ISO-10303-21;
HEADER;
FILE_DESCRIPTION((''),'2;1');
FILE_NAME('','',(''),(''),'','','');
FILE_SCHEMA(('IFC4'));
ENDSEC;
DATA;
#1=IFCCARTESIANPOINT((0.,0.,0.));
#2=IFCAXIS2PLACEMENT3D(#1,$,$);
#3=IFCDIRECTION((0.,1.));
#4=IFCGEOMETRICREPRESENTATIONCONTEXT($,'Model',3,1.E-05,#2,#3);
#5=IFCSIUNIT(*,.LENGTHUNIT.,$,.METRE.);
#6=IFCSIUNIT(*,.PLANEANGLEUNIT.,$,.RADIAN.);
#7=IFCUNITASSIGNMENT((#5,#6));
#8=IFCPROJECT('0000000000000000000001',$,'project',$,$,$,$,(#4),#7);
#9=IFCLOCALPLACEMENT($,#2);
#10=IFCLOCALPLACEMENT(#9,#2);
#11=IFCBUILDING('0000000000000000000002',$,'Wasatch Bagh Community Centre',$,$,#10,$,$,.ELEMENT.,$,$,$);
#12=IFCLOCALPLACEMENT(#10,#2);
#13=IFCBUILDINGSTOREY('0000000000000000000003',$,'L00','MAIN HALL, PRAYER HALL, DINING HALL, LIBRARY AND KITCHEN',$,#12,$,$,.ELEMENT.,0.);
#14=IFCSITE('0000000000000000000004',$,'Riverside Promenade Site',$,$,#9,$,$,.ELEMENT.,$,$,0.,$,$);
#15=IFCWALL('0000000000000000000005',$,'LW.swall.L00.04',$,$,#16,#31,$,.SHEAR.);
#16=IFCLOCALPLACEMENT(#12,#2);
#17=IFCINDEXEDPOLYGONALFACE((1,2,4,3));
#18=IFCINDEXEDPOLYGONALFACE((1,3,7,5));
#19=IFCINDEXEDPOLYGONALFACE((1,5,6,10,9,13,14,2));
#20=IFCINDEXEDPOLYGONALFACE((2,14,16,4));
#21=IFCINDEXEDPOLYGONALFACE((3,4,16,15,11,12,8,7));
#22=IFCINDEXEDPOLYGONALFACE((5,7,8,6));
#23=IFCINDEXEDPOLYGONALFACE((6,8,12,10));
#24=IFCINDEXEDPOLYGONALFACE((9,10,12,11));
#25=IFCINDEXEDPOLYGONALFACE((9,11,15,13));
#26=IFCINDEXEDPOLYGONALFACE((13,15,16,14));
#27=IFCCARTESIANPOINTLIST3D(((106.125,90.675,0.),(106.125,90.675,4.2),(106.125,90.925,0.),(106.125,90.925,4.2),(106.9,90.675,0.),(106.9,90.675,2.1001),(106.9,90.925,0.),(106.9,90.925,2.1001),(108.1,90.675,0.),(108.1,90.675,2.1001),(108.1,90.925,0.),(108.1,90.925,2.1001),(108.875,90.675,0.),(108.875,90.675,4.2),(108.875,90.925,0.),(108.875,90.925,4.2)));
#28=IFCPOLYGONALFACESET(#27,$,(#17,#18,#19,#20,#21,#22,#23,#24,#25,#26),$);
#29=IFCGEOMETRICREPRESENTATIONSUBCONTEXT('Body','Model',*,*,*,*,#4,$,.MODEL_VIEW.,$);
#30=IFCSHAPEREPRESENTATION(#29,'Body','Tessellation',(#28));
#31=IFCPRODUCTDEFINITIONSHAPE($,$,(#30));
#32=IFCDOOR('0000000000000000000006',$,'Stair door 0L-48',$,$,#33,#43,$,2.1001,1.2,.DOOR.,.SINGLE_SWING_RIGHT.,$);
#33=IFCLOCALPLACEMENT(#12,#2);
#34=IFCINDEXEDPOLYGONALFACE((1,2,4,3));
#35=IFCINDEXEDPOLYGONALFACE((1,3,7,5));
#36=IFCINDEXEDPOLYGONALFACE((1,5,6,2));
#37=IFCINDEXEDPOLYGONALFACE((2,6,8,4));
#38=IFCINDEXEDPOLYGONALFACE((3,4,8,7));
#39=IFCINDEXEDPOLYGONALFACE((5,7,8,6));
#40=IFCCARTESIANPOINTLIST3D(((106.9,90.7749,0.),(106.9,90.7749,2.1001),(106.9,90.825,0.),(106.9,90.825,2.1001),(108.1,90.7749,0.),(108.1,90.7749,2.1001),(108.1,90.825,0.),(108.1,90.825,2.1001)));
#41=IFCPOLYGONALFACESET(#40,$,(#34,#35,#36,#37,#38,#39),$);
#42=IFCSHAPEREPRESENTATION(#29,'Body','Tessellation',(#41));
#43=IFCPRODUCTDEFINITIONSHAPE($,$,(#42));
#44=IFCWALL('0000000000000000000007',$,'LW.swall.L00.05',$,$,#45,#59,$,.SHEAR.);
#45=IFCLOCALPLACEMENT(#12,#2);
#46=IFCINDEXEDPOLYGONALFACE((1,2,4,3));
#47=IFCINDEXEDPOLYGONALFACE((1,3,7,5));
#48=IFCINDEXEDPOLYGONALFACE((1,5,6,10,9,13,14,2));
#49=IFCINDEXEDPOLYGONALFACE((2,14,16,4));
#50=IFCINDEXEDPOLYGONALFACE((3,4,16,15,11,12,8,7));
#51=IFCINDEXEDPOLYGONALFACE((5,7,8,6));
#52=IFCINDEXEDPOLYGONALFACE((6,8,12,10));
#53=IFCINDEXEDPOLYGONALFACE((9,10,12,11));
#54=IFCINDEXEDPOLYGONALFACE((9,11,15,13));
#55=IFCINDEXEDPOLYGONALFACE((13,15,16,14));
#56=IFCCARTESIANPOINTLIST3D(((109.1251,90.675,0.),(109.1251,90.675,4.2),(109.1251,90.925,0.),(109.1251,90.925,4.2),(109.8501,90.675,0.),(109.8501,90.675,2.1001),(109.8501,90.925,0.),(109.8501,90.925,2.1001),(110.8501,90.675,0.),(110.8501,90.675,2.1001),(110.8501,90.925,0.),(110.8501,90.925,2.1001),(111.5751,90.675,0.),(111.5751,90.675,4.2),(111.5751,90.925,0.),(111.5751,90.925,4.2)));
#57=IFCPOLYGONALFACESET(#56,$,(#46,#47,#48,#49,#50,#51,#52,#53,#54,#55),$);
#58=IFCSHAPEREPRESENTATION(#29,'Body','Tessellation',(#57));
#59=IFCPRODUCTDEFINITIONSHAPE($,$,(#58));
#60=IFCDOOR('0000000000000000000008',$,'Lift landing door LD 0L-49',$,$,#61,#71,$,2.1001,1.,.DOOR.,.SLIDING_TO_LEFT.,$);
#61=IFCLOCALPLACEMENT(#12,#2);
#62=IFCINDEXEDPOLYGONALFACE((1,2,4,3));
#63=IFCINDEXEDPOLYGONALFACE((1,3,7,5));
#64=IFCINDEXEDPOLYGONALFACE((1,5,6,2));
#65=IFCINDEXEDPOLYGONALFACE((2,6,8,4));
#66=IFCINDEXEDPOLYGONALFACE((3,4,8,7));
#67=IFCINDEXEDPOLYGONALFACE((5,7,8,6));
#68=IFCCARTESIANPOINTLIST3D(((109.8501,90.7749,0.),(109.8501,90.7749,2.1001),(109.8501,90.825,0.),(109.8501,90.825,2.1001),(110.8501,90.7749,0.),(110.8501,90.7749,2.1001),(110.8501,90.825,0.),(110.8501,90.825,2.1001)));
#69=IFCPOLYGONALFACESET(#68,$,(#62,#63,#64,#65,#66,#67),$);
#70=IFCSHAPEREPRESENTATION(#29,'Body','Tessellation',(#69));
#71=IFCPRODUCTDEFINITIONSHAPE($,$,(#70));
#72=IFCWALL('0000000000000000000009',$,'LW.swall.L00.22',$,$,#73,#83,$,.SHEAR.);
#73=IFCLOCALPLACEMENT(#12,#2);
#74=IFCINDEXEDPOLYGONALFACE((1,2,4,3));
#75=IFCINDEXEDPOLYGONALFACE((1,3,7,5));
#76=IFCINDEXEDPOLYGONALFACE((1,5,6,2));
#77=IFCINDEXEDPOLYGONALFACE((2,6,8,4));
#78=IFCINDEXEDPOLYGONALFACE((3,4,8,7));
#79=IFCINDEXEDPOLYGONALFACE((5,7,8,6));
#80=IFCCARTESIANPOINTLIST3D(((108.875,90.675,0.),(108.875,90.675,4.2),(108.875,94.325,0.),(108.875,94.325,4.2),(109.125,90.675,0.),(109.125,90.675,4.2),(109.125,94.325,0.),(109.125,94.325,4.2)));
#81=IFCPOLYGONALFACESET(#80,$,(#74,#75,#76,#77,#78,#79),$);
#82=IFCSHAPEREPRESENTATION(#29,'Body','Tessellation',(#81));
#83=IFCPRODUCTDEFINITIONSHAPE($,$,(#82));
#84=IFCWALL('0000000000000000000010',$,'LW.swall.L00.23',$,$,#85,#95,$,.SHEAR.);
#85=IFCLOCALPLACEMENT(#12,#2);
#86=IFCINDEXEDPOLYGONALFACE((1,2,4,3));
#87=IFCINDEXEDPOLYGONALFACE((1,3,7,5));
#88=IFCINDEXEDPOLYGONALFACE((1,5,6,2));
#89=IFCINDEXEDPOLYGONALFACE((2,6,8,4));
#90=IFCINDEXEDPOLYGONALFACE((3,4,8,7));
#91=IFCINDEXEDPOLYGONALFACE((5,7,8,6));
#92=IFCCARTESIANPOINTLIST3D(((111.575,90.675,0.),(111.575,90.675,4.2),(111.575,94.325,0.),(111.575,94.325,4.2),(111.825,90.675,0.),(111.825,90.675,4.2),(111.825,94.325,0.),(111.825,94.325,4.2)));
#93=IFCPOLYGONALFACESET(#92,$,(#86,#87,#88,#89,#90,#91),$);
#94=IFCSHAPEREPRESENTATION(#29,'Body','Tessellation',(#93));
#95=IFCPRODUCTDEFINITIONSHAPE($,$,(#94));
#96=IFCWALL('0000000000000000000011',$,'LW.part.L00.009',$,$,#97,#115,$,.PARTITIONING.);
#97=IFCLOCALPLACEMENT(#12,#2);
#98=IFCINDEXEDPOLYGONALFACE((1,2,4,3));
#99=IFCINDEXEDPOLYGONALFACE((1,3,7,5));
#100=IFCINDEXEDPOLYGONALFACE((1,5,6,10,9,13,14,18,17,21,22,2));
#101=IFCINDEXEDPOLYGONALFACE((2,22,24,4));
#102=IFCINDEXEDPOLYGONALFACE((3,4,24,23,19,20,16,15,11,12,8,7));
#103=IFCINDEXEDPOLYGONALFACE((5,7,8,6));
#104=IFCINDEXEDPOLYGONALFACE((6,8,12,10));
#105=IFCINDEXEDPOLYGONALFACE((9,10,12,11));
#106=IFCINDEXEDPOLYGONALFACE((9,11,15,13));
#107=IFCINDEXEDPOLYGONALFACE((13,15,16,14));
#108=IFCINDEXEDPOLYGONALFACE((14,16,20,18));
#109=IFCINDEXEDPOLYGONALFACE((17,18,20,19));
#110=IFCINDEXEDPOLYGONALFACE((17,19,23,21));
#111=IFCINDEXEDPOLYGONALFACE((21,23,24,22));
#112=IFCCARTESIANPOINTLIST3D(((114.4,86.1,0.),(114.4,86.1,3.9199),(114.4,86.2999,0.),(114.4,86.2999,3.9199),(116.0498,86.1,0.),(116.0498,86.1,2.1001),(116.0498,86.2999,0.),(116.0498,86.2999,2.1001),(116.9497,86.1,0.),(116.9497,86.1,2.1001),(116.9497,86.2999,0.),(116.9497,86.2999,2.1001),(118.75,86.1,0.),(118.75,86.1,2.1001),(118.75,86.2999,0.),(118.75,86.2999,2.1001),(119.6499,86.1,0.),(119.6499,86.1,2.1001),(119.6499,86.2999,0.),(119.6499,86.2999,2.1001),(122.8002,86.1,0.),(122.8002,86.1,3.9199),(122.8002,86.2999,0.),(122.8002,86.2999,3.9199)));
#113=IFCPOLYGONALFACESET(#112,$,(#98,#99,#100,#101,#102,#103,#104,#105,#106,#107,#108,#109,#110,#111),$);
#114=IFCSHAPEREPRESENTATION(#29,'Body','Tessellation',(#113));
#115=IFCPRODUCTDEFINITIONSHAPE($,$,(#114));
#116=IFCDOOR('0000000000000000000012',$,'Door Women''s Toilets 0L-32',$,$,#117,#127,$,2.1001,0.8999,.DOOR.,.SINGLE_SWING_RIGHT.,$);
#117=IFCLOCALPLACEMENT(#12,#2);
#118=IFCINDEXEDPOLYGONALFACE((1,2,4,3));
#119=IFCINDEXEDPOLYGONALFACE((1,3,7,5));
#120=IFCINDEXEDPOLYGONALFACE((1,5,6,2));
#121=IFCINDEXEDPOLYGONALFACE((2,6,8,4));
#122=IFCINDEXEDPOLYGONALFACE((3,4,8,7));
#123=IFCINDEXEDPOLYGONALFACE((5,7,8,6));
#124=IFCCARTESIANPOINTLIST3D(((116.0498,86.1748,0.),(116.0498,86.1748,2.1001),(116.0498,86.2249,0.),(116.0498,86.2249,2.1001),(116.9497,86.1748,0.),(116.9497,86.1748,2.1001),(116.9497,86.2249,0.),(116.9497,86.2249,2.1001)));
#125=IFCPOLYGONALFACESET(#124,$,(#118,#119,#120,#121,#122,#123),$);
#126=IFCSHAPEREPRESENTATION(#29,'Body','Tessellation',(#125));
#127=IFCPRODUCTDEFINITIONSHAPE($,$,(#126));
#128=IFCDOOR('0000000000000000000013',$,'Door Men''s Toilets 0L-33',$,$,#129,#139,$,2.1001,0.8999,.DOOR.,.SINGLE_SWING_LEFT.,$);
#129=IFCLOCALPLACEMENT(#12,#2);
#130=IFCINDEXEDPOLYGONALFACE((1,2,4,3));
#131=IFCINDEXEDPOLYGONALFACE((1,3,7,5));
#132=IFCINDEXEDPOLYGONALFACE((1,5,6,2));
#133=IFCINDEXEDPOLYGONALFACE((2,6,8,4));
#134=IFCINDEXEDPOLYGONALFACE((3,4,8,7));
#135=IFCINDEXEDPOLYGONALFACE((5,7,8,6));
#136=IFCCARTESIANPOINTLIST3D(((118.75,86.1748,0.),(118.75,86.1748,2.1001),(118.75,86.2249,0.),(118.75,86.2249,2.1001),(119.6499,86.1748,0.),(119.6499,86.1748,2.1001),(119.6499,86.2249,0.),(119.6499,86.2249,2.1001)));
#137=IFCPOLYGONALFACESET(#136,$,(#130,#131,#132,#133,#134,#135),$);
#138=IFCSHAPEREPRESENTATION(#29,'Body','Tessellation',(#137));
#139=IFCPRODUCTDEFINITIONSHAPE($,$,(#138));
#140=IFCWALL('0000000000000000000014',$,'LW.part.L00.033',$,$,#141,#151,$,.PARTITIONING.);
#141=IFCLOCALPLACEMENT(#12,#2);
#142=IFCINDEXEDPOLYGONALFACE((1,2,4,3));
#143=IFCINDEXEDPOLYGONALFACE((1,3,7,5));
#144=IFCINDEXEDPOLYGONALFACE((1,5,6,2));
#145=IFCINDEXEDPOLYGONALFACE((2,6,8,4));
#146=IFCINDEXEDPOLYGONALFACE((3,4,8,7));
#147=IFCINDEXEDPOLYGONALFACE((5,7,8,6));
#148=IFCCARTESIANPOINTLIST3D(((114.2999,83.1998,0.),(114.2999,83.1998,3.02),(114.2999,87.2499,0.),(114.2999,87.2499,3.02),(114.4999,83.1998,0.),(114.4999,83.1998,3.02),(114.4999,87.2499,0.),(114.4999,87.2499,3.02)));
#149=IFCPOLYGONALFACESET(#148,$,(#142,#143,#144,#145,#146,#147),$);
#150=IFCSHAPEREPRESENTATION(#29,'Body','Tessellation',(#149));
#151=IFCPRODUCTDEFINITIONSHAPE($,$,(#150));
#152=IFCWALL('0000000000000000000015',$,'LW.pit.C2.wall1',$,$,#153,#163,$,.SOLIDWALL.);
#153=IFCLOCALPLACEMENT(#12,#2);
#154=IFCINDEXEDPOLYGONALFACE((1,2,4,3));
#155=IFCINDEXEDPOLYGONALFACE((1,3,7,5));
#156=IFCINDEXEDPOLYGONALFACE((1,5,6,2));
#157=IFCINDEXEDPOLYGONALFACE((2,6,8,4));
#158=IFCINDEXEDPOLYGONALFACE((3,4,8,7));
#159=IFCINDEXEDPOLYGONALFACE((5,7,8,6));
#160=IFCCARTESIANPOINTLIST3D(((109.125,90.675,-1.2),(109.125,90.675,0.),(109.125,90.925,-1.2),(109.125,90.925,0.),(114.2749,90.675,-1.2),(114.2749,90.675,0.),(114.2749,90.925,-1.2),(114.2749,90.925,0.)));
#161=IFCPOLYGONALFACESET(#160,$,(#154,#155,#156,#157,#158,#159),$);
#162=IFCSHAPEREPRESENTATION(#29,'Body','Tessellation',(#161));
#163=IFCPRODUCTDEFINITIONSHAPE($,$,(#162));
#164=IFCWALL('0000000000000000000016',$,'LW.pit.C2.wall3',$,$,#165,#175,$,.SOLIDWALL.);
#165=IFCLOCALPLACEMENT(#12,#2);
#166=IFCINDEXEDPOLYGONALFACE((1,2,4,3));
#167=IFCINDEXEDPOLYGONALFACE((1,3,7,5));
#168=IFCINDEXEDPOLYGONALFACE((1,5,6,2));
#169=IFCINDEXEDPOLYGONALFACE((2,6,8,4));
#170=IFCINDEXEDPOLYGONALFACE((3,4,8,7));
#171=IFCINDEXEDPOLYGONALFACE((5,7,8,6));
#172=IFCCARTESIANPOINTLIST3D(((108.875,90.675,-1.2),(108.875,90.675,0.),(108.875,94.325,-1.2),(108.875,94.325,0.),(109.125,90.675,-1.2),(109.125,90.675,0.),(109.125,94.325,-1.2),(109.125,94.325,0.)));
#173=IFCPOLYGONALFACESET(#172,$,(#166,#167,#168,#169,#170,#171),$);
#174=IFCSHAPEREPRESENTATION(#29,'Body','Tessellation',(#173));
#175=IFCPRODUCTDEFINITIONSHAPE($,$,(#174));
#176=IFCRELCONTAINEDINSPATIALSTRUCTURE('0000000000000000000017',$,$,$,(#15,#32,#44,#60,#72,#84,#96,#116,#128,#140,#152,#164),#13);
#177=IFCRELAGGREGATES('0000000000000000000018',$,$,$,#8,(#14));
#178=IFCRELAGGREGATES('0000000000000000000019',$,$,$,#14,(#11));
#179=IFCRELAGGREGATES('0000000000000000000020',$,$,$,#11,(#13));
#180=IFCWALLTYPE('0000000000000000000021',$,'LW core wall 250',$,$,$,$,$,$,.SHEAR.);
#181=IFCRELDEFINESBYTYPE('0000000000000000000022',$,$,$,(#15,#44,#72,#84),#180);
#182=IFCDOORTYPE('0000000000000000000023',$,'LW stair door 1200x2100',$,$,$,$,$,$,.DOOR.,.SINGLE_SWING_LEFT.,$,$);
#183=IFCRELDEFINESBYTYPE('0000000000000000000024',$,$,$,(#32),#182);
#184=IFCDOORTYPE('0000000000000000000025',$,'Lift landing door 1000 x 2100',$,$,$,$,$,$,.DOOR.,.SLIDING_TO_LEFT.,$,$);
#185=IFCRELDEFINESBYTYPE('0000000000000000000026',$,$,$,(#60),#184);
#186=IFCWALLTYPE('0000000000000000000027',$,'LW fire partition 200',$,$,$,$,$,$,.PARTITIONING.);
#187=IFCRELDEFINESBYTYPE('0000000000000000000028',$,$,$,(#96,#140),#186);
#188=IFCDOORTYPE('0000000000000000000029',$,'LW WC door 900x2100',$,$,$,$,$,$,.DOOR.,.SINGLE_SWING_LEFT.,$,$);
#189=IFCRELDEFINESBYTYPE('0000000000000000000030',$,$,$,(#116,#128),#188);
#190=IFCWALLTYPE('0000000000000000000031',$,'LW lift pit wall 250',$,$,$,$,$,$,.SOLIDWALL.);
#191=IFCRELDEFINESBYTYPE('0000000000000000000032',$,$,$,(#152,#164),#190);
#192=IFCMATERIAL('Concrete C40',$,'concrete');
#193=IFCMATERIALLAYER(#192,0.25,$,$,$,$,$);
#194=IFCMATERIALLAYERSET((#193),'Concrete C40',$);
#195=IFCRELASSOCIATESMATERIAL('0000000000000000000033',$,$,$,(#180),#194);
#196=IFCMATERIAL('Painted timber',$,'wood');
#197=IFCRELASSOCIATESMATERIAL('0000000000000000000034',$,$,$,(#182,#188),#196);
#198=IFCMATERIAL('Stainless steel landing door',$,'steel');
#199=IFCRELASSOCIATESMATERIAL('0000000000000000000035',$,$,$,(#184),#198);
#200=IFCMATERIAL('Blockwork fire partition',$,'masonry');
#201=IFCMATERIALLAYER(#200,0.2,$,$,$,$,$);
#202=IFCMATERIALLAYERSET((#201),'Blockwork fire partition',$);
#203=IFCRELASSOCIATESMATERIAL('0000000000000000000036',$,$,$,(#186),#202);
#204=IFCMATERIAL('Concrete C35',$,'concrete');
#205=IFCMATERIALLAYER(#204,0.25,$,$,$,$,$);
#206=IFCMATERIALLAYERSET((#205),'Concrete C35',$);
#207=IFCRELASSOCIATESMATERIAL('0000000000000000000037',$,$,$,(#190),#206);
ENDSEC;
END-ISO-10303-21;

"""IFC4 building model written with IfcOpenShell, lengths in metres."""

from ifc_helpers import new_model, si_unit, direction, frame, frame_2d, origin, place, context, subcontext, project, spatial, rectangle, extrude, material, layer, layer_set, type_object, element, fill, save


model = new_model("IFC4")

# Units and contexts
model_context = context("Model", 3, precision=1e-05, world=origin(), true_north=direction((0.0, 1.0)))
body_context = subcontext(model_context, "Body", "Model", "MODEL_VIEW")
ifc_project = project(units=[si_unit("LENGTHUNIT", "METRE"), si_unit("PLANEANGLEUNIT", "RADIAN")], contexts=[model_context])

# Site, building, storey
site_placement = place(None, origin())
site = spatial("IfcSite", under=ifc_project, at=site_placement, Name="Riverside Promenade Site", CompositionType="ELEMENT", RefElevation=0.0)
building_placement = place(site_placement, origin())
building = spatial("IfcBuilding", under=site, at=building_placement, Name="Wasatch Bagh Community Centre", CompositionType="ELEMENT")
storey_placement = place(building_placement, origin())
storey = spatial("IfcBuildingStorey", under=building, at=storey_placement, Name="L00", Description="MAIN HALL, PRAYER HALL, DINING HALL, LIBRARY AND KITCHEN", CompositionType="ELEMENT", Elevation=0.0)

# Shared definitions
ifc_material_1 = material(Name="Concrete C35", Category="concrete")

# Shared definitions
ifc_material_2 = material(Name="Concrete C40", Category="concrete")

# Walls, openings, doors
ifc_layer_1 = layer(ifc_material_2, 0.25)
ifc_layer_set_1 = layer_set([ifc_layer_1], Name="Concrete C40")
wall_type_1 = type_object("IfcWallType", Name="LW core wall 250", PredefinedType="SHEAR", material=ifc_layer_set_1)
wall_1_placement = place(storey_placement, frame((106.125, 90.8, 0.0), z_axis=(0.0, 0.0, 1.0), x_axis=(1.0, 0.0, 0.0)))
wall_1 = element("IfcWall", 1, at=wall_1_placement, inside=storey, type_object=wall_type_1, Name="LW.swall.L00.04", PredefinedType="SHEAR", context=body_context, shape_type="SweptSolid", body=[
    extrude(rectangle(XDim=2.75, YDim=0.25, at=frame_2d((1.375, 0.0))), origin(), (0.0, 0.0, 1.0), 4.2),
])
opening_1_placement = place(wall_1_placement, frame((0.7749, 0.0, 0.0)))
opening_1 = element("IfcOpeningElement", 2, at=opening_1_placement, cuts=wall_1, PredefinedType="OPENING", context=body_context, shape_type="SweptSolid", body=[
    extrude(rectangle(XDim=1.2, YDim=2.1001, at=frame_2d((0.6001, 1.05))), frame((0.0, 0.135, 0.0), z_axis=(0.0, -1.0, 0.0), x_axis=(1.0, 0.0, 0.0)), (0.0, 0.0, 1.0), 0.27),
])
ifc_material_3 = material(Name="Painted timber", Category="wood")
door_type_1 = type_object("IfcDoorType", Name="LW stair door 1200x2100", OperationType="SINGLE_SWING_LEFT", PredefinedType="DOOR", material=ifc_material_3)
door_1_placement = place(opening_1_placement, origin())
door_1 = element("IfcDoor", 3, at=door_1_placement, inside=storey, type_object=door_type_1, Name="Stair door 0L-48", OperationType="SINGLE_SWING_RIGHT", OverallHeight=2.1001, OverallWidth=1.2, PredefinedType="DOOR", context=body_context, shape_type="SweptSolid", body=[
    extrude(rectangle(XDim=1.2, YDim=2.1001, at=frame_2d((0.6001, 1.05))), frame((0.0, 0.0249, 0.0), z_axis=(0.0, -1.0, 0.0), x_axis=(1.0, 0.0, 0.0)), (0.0, 0.0, 1.0), 0.05),
])
fill(opening_1, door_1)
wall_2_placement = place(storey_placement, frame((109.125, 90.8, 0.0), z_axis=(0.0, 0.0, 1.0), x_axis=(1.0, 0.0, 0.0)))
wall_2 = element("IfcWall", 4, at=wall_2_placement, inside=storey, type_object=wall_type_1, Name="LW.swall.L00.05", PredefinedType="SHEAR", context=body_context, shape_type="SweptSolid", body=[
    extrude(rectangle(XDim=2.45, YDim=0.25, at=frame_2d((1.2251, 0.0))), origin(), (0.0, 0.0, 1.0), 4.2),
])
opening_2_placement = place(wall_2_placement, frame((0.7251, 0.0, 0.0)))
opening_2 = element("IfcOpeningElement", 5, at=opening_2_placement, cuts=wall_2, PredefinedType="OPENING", context=body_context, shape_type="SweptSolid", body=[
    extrude(rectangle(XDim=1.0, YDim=2.1001, at=frame_2d((0.5, 1.05))), frame((0.0, 0.135, 0.0), z_axis=(0.0, -1.0, 0.0), x_axis=(1.0, 0.0, 0.0)), (0.0, 0.0, 1.0), 0.27),
])
ifc_material_4 = material(Name="Stainless steel landing door", Category="steel")
door_type_2 = type_object("IfcDoorType", Name="Lift landing door 1000 x 2100", OperationType="SLIDING_TO_LEFT", PredefinedType="DOOR", material=ifc_material_4)
door_2_placement = place(opening_2_placement, origin())
door_2 = element("IfcDoor", 6, at=door_2_placement, inside=storey, type_object=door_type_2, Name="Lift landing door LD 0L-49", OperationType="SLIDING_TO_LEFT", OverallHeight=2.1001, OverallWidth=1.0, PredefinedType="DOOR", context=body_context, shape_type="SweptSolid", body=[
    extrude(rectangle(XDim=1.0, YDim=2.1001, at=frame_2d((0.5, 1.05))), frame((0.0, 0.0249, 0.0), z_axis=(0.0, -1.0, 0.0), x_axis=(1.0, 0.0, 0.0)), (0.0, 0.0, 1.0), 0.05),
])
fill(opening_2, door_2)

# Walls
for number, where, z_axis, x_axis, name in (
    (7, (109.0, 90.675, 0.0), (0.0, 0.0, 1.0), (0.0, 1.0, 0.0), "LW.swall.L00.22"),
    (8, (111.7, 90.675, 0.0), (0.0, 0.0, 1.0), (0.0, 1.0, 0.0), "LW.swall.L00.23"),
):
    element("IfcWall", number, at=place(storey_placement, frame(where, z_axis=z_axis, x_axis=x_axis)), inside=storey, type_object=wall_type_1, Name=name, PredefinedType="SHEAR", context=body_context, shape_type="SweptSolid", body=[
        extrude(rectangle(XDim=3.6499, YDim=0.25, at=frame_2d((1.825, 0.0))), origin(), (0.0, 0.0, 1.0), 4.2),
    ])

# Wall, openings, doors
ifc_material_5 = material(Name="Blockwork fire partition", Category="masonry")
ifc_layer_2 = layer(ifc_material_5, 0.2)
ifc_layer_set_2 = layer_set([ifc_layer_2], Name="Blockwork fire partition")
wall_type_2 = type_object("IfcWallType", Name="LW fire partition 200", PredefinedType="PARTITIONING", material=ifc_layer_set_2)
wall_3_placement = place(storey_placement, frame((114.3999, 86.2, 0.0), z_axis=(0.0, 0.0, 1.0), x_axis=(1.0, 0.0, 0.0)))
wall_3 = element("IfcWall", 9, at=wall_3_placement, inside=storey, type_object=wall_type_2, Name="LW.part.L00.009", PredefinedType="PARTITIONING", context=body_context, shape_type="SweptSolid", body=[
    extrude(rectangle(XDim=8.4001, YDim=0.2, at=frame_2d((4.2002, 0.0))), origin(), (0.0, 0.0, 1.0), 3.9199),
])
opening_3_placement = place(wall_3_placement, frame((1.6499, 0.0, 0.0)))
opening_3 = element("IfcOpeningElement", 10, at=opening_3_placement, cuts=wall_3, PredefinedType="OPENING", context=body_context, shape_type="SweptSolid", body=[
    extrude(rectangle(XDim=0.8999, YDim=2.1001, at=frame_2d((0.45, 1.05))), frame((0.0, 0.1099, 0.0), z_axis=(0.0, -1.0, 0.0), x_axis=(1.0, 0.0, 0.0)), (0.0, 0.0, 1.0), 0.22),
])
opening_4_placement = place(wall_3_placement, frame((4.3501, 0.0, 0.0)))
opening_4 = element("IfcOpeningElement", 11, at=opening_4_placement, cuts=wall_3, PredefinedType="OPENING", context=body_context, shape_type="SweptSolid", body=[
    extrude(rectangle(XDim=0.8999, YDim=2.1001, at=frame_2d((0.45, 1.05))), frame((0.0, 0.1099, 0.0), z_axis=(0.0, -1.0, 0.0), x_axis=(1.0, 0.0, 0.0)), (0.0, 0.0, 1.0), 0.22),
])
door_type_3 = type_object("IfcDoorType", Name="LW WC door 900x2100", OperationType="SINGLE_SWING_LEFT", PredefinedType="DOOR", material=ifc_material_3)
door_3_placement = place(opening_3_placement, origin())
door_3 = element("IfcDoor", 12, at=door_3_placement, inside=storey, type_object=door_type_3, Name="Door Women's Toilets 0L-32", OperationType="SINGLE_SWING_RIGHT", OverallHeight=2.1001, OverallWidth=0.8999, PredefinedType="DOOR", context=body_context, shape_type="SweptSolid", body=[
    extrude(rectangle(XDim=0.8999, YDim=2.1001, at=frame_2d((0.45, 1.05))), frame((0.0, 0.0249, 0.0), z_axis=(0.0, -1.0, 0.0), x_axis=(1.0, 0.0, 0.0)), (0.0, 0.0, 1.0), 0.05),
])
fill(opening_3, door_3)
door_4_placement = place(opening_4_placement, origin())
door_4 = element("IfcDoor", 13, at=door_4_placement, inside=storey, type_object=door_type_3, Name="Door Men's Toilets 0L-33", OperationType="SINGLE_SWING_LEFT", OverallHeight=2.1001, OverallWidth=0.8999, PredefinedType="DOOR", context=body_context, shape_type="SweptSolid", body=[
    extrude(rectangle(XDim=0.8999, YDim=2.1001, at=frame_2d((0.45, 1.05))), frame((0.0, 0.0249, 0.0), z_axis=(0.0, -1.0, 0.0), x_axis=(1.0, 0.0, 0.0)), (0.0, 0.0, 1.0), 0.05),
])
fill(opening_4, door_4)

# Walls
wall_4_placement = place(storey_placement, frame((114.3999, 83.2, 0.0), z_axis=(0.0, 0.0, 1.0), x_axis=(0.0, 1.0, 0.0)))
element("IfcWall", 14, at=wall_4_placement, inside=storey, type_object=wall_type_2, Name="LW.part.L00.033", PredefinedType="PARTITIONING", context=body_context, shape_type="SweptSolid", body=[
    extrude(rectangle(XDim=4.05, YDim=0.2, at=frame_2d((2.0249, 0.0))), origin(), (0.0, 0.0, 1.0), 3.02),
])
ifc_layer_3 = layer(ifc_material_1, 0.25)
ifc_layer_set_3 = layer_set([ifc_layer_3], Name="Concrete C35")
wall_type_3 = type_object("IfcWallType", Name="LW lift pit wall 250", PredefinedType="SOLIDWALL", material=ifc_layer_set_3)
wall_5_placement = place(storey_placement, frame((109.125, 90.8, -1.2), z_axis=(0.0, 0.0, 1.0), x_axis=(1.0, 0.0, 0.0)))
element("IfcWall", 15, at=wall_5_placement, inside=storey, type_object=wall_type_3, Name="LW.pit.C2.wall1", PredefinedType="SOLIDWALL", context=body_context, shape_type="SweptSolid", body=[
    extrude(rectangle(XDim=5.1499, YDim=0.25, at=frame_2d((2.575, 0.0))), origin(), (0.0, 0.0, 1.0), 1.2),
])
wall_6_placement = place(storey_placement, frame((109.0, 90.675, -1.2), z_axis=(0.0, 0.0, 1.0), x_axis=(0.0, 1.0, 0.0)))
element("IfcWall", 16, at=wall_6_placement, inside=storey, type_object=wall_type_3, Name="LW.pit.C2.wall3", PredefinedType="SOLIDWALL", context=body_context, shape_type="SweptSolid", body=[
    extrude(rectangle(XDim=3.6499, YDim=0.25, at=frame_2d((1.825, 0.0))), origin(), (0.0, 0.0, 1.0), 1.2),
])

save(model, "model.ifc")
